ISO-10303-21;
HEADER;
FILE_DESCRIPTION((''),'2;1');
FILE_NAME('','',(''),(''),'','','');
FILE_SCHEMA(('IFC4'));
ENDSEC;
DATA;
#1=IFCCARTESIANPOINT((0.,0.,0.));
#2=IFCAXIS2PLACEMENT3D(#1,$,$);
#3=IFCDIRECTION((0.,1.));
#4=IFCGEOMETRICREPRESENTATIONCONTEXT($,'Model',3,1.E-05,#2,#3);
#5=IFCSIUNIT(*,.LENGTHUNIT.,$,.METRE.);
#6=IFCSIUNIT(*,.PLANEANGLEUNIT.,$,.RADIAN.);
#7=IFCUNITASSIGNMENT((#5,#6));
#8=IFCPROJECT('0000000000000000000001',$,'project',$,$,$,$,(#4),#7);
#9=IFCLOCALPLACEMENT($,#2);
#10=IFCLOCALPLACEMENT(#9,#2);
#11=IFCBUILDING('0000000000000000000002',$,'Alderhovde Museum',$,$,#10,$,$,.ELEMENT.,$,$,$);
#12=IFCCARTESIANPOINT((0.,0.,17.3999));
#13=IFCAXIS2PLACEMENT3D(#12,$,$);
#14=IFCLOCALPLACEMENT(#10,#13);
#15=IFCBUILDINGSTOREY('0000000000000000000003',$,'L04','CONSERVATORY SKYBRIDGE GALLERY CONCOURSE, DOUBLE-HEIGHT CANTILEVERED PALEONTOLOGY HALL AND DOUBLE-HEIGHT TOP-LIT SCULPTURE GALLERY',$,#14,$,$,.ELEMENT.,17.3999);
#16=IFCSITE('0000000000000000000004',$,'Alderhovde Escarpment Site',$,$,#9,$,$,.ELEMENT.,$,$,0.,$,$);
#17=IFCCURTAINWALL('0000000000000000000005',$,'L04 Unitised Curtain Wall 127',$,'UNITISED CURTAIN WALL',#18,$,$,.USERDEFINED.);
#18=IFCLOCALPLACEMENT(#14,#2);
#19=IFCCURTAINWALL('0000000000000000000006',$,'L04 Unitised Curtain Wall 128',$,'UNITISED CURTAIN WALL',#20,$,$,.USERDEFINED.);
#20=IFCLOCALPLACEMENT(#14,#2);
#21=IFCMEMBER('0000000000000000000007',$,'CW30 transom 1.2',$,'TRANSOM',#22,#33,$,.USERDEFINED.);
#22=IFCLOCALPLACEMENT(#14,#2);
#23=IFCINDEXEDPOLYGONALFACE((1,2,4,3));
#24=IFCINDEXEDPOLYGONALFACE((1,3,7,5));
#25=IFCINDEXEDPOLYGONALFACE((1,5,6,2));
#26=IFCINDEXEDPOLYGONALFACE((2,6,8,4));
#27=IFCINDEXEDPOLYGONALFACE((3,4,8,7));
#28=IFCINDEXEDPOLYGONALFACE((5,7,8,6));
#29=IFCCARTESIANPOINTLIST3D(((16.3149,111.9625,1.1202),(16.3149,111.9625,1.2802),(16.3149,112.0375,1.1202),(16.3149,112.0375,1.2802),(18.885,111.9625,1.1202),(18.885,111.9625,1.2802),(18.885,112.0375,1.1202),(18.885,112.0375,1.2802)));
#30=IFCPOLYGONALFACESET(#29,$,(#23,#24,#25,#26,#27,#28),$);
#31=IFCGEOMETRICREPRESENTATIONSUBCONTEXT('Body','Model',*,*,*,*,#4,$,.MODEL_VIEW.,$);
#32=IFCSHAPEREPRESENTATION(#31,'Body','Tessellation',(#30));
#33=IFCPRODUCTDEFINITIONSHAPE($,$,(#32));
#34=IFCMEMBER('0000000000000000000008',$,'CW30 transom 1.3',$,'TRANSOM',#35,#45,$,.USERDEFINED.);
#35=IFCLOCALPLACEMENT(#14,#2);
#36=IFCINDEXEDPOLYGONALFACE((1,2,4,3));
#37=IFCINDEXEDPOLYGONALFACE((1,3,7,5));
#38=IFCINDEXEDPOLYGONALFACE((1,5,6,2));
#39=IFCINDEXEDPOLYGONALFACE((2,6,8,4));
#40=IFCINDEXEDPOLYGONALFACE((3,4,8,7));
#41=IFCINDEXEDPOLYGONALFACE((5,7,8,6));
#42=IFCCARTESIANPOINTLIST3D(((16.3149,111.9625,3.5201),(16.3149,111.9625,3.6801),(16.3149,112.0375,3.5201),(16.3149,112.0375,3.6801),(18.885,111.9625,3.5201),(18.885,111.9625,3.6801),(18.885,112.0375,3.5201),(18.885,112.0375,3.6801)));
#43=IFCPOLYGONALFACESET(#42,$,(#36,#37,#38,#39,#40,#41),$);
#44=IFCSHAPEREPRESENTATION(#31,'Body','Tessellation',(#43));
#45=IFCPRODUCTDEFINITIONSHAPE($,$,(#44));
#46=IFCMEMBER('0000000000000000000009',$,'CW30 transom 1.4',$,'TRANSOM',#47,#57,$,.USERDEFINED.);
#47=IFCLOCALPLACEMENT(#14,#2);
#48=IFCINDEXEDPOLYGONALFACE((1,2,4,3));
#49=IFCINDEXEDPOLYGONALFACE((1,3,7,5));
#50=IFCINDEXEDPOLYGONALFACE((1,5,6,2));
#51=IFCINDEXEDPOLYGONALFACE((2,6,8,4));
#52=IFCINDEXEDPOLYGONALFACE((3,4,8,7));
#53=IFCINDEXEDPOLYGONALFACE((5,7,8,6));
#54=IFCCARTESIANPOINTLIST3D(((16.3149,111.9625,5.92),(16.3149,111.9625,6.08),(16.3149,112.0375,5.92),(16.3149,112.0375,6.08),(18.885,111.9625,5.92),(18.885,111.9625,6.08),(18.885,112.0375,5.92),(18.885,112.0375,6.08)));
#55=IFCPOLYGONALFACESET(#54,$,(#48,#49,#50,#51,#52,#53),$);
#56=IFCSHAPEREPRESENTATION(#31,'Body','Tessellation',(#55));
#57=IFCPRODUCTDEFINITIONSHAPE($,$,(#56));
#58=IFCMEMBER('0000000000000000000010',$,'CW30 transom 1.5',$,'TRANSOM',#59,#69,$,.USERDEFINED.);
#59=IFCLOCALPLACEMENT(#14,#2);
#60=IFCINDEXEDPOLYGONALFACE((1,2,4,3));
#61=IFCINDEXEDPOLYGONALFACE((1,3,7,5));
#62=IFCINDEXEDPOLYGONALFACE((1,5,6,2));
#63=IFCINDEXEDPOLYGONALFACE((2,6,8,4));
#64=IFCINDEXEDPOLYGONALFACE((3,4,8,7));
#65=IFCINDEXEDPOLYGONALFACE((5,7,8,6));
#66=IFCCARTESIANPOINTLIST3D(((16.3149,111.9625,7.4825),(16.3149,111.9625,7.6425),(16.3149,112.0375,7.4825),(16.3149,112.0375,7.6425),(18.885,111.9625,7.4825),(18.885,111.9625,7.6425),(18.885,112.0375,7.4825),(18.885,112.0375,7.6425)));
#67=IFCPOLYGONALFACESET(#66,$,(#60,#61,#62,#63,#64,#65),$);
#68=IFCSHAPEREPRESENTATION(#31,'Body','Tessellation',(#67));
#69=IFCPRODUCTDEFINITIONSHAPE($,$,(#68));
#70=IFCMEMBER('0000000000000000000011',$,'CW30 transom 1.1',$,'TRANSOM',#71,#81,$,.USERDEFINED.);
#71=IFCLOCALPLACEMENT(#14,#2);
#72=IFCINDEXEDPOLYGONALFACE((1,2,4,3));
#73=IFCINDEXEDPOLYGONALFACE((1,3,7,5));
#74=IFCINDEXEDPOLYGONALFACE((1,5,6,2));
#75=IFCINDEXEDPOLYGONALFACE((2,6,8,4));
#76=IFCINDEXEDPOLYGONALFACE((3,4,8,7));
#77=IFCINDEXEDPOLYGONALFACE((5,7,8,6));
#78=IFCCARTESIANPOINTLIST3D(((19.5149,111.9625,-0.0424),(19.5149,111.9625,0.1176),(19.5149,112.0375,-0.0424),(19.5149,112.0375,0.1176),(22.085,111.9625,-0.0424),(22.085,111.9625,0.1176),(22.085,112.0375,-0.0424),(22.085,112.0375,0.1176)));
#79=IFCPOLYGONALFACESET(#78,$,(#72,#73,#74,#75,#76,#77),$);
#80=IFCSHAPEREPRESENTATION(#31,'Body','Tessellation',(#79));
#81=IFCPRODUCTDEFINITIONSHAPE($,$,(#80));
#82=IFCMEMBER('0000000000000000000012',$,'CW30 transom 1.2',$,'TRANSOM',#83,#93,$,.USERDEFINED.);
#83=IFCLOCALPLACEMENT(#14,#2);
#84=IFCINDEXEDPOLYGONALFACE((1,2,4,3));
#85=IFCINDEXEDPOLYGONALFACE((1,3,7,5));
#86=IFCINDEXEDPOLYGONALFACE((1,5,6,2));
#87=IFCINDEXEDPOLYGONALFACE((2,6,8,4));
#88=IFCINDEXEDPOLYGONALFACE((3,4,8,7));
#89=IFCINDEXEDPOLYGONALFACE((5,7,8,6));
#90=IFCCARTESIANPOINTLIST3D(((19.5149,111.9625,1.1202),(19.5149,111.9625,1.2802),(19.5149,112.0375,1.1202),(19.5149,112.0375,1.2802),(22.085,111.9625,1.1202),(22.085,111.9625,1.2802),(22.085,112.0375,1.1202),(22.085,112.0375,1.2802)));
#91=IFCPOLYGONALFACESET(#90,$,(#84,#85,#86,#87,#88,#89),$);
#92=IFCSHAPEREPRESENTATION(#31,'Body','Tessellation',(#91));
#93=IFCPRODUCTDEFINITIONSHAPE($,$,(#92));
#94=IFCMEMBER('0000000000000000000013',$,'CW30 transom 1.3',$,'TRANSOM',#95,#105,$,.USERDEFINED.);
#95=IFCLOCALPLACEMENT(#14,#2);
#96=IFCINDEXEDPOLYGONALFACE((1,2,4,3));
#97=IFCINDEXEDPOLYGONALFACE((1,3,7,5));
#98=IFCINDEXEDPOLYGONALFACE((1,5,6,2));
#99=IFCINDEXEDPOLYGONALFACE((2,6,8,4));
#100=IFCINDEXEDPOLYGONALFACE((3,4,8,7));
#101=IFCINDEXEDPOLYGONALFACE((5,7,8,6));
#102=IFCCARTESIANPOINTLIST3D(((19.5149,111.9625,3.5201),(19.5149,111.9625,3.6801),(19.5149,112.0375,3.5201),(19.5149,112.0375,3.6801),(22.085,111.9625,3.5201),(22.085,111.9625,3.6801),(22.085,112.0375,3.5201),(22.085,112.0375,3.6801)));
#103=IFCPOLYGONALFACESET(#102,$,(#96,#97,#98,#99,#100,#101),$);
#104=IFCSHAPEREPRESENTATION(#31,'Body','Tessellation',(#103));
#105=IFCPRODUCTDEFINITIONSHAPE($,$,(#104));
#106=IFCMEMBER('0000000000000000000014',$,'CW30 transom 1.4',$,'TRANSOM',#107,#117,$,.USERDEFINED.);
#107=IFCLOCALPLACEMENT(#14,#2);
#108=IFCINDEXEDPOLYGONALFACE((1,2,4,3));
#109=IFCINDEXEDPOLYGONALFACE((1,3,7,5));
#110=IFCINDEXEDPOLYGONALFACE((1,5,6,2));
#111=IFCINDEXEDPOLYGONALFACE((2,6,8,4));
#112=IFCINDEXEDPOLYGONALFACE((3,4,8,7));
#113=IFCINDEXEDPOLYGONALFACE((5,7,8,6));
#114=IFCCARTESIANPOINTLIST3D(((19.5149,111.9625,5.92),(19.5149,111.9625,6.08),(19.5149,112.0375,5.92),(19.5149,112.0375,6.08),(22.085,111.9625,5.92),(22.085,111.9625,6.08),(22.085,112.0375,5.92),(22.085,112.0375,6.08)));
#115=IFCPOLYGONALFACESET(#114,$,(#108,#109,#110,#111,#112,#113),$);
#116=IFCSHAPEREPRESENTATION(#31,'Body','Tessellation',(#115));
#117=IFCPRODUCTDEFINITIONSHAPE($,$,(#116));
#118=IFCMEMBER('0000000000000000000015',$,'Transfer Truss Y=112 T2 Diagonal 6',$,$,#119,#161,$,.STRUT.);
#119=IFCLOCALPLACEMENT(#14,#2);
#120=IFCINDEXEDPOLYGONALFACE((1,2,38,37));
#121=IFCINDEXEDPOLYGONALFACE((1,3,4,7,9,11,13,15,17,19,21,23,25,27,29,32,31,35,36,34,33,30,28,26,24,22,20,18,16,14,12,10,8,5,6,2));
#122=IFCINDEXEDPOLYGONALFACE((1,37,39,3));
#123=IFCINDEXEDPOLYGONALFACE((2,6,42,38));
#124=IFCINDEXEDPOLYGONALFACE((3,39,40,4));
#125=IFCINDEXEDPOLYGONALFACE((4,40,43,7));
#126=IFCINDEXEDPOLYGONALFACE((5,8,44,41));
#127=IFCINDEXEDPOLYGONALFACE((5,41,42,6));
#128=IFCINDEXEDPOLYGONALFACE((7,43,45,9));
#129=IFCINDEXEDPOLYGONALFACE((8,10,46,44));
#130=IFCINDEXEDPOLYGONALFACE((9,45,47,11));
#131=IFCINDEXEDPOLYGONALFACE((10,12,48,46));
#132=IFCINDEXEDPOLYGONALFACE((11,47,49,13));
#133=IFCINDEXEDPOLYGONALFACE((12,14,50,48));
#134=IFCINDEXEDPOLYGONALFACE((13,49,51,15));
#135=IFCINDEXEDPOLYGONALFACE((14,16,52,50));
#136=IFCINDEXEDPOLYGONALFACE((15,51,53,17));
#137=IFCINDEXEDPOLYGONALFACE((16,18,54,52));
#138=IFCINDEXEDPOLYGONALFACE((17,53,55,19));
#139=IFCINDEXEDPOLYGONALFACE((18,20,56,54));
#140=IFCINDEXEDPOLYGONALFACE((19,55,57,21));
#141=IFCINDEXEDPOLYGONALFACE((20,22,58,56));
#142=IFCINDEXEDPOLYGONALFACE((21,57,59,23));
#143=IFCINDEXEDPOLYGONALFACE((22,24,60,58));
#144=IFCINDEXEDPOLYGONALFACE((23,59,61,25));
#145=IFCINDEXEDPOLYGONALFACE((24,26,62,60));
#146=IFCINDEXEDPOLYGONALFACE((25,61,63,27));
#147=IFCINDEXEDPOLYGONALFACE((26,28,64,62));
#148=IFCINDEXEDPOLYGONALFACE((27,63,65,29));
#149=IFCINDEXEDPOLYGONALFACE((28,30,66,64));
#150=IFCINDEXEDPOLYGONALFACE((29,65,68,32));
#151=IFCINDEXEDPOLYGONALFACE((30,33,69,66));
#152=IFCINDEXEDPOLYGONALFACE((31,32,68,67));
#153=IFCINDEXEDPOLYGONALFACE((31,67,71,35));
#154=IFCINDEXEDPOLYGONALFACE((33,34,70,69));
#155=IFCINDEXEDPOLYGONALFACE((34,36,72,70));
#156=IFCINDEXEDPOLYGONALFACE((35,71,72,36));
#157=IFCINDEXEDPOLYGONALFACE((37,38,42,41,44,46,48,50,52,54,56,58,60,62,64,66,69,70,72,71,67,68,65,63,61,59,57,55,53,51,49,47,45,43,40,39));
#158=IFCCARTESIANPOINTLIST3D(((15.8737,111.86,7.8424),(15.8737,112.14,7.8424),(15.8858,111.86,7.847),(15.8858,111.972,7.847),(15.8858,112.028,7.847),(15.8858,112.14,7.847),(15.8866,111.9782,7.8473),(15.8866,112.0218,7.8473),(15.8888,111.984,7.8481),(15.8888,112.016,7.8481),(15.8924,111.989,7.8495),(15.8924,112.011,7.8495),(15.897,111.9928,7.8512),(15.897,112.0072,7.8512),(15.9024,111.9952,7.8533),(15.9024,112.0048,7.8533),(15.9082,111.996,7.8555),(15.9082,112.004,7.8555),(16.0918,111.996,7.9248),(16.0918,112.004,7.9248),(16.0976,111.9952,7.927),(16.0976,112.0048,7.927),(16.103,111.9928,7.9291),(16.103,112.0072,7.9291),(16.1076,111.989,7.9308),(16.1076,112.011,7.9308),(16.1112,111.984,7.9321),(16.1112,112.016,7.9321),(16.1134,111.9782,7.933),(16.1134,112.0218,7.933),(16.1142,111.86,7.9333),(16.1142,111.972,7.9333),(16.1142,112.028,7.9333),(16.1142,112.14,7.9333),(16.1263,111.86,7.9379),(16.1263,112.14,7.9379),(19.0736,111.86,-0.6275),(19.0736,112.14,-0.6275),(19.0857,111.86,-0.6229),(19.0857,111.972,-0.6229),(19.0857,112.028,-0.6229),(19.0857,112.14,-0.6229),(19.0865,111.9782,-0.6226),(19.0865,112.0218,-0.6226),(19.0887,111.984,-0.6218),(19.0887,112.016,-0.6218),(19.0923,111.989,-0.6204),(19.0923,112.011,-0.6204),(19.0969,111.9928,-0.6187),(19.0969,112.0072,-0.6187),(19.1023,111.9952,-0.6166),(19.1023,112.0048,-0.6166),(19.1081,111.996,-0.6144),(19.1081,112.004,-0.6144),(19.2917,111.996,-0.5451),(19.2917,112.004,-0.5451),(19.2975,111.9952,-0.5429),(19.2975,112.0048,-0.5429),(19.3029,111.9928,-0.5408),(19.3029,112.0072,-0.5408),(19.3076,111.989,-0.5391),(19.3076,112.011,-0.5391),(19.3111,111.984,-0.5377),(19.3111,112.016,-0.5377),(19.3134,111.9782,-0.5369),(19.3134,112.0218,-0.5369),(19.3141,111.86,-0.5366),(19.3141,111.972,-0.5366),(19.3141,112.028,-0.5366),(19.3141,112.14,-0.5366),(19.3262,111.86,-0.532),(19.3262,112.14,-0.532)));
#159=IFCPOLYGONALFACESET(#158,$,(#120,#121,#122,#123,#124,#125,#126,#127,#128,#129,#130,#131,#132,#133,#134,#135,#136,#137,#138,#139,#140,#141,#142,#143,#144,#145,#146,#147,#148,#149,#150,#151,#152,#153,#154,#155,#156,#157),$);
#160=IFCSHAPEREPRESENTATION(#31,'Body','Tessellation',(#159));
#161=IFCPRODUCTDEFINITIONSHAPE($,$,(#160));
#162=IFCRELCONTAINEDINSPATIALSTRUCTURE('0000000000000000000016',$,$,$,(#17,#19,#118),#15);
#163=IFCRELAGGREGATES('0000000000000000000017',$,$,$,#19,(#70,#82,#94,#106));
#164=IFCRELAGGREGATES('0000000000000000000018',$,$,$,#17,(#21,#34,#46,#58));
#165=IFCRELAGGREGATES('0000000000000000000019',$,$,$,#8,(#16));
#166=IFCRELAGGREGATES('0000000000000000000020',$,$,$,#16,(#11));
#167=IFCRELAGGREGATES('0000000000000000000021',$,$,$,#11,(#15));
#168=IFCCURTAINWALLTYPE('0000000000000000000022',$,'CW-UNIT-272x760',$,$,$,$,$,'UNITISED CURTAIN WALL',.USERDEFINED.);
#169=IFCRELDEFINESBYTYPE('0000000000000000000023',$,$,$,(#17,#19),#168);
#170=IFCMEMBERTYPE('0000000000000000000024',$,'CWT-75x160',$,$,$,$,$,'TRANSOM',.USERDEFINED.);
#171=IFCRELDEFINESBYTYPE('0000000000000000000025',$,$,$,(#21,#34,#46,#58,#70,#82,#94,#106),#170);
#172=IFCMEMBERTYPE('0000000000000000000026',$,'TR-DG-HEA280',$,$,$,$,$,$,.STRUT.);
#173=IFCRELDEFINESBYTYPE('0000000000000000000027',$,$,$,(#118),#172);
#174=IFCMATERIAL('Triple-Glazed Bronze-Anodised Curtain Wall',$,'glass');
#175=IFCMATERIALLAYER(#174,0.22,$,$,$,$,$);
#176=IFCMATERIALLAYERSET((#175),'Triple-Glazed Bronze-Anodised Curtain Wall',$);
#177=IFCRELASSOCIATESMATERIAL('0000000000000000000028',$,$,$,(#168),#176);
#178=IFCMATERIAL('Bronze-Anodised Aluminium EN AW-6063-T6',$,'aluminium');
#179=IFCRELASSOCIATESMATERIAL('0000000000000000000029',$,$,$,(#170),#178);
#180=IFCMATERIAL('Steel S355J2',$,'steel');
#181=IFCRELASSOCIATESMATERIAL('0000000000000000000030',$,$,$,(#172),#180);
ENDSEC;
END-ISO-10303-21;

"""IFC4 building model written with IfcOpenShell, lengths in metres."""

from ifc_helpers import new_model, si_unit, direction, frame, origin, origin_2d, place, context, subcontext, project, spatial, rectangle, i_section, extrude, material, layer, layer_set, material_profile, profile_set, type_object, element, aggregate, save


model = new_model("IFC4")

# Units and contexts
model_context = context("Model", 3, precision=1e-05, world=origin(), true_north=direction((0.0, 1.0)))
body_context = subcontext(model_context, "Body", "Model", "MODEL_VIEW")
ifc_project = project(units=[si_unit("LENGTHUNIT", "METRE"), si_unit("PLANEANGLEUNIT", "RADIAN")], contexts=[model_context])

# Site, building, storey
site_placement = place(None, origin())
site = spatial("IfcSite", under=ifc_project, at=site_placement, Name="Alderhovde Escarpment Site", CompositionType="ELEMENT", RefElevation=0.0)
building_placement = place(site_placement, origin())
building = spatial("IfcBuilding", under=site, at=building_placement, Name="Alderhovde Museum", CompositionType="ELEMENT")
storey_placement = place(building_placement, frame((0.0, 0.0, 17.3999)))
storey = spatial("IfcBuildingStorey", under=building, at=storey_placement, Name="L04", Description="CONSERVATORY SKYBRIDGE GALLERY CONCOURSE, DOUBLE-HEIGHT CANTILEVERED PALEONTOLOGY HALL AND DOUBLE-HEIGHT TOP-LIT SCULPTURE GALLERY", CompositionType="ELEMENT", Elevation=17.3999)

# Curtain wall
ifc_material_1 = material(Name="Triple-Glazed Bronze-Anodised Curtain Wall", Category="glass")
ifc_layer_1 = layer(ifc_material_1, 0.22)
ifc_layer_set_1 = layer_set([ifc_layer_1], Name="Triple-Glazed Bronze-Anodised Curtain Wall")
curtain_wall_type = type_object("IfcCurtainWallType", Name="CW-UNIT-272x760", ElementType="UNITISED CURTAIN WALL", PredefinedType="USERDEFINED", material=ifc_layer_set_1)
curtain_wall_1_placement = place(storey_placement, origin())
curtain_wall_1 = element("IfcCurtainWall", 1, at=curtain_wall_1_placement, inside=storey, type_object=curtain_wall_type, Name="L04 Unitised Curtain Wall 127", ObjectType="UNITISED CURTAIN WALL", PredefinedType="USERDEFINED")

# Curtain wall
curtain_wall_2_placement = place(storey_placement, origin())
curtain_wall_2 = element("IfcCurtainWall", 2, at=curtain_wall_2_placement, inside=storey, type_object=curtain_wall_type, Name="L04 Unitised Curtain Wall 128", ObjectType="UNITISED CURTAIN WALL", PredefinedType="USERDEFINED")

# Members
ifc_material_2 = material(Name="Bronze-Anodised Aluminium EN AW-6063-T6", Category="aluminium")
ifc_material_profile_1 = material_profile(ifc_material_2, rectangle(XDim=0.075, YDim=0.1599, at=origin_2d()), Name="TRANSOM 75x160")
ifc_profile_set_1 = profile_set([ifc_material_profile_1], Name="Bronze-Anodised Aluminium EN AW-6063-T6")
member_type_1 = type_object("IfcMemberType", Name="CWT-75x160", ElementType="TRANSOM", PredefinedType="USERDEFINED", material=ifc_profile_set_1)
member_1_placement = place(storey_placement, frame((16.3149, 112.0, 1.2002), z_axis=(1.0, 0.0, 0.0), x_axis=(0.0, 1.0, 0.0)))
member_1 = element("IfcMember", 3, at=member_1_placement, type_object=member_type_1, Name="CW30 transom 1.2", ObjectType="TRANSOM", PredefinedType="USERDEFINED", context=body_context, shape_type="SweptSolid", body=[
    extrude(rectangle(XDim=0.075, YDim=0.1599, at=origin_2d()), origin(), (0.0, 0.0, 1.0), 2.5701),
])
member_2_placement = place(storey_placement, frame((16.3149, 112.0, 3.6001), z_axis=(1.0, 0.0, 0.0), x_axis=(0.0, 1.0, 0.0)))
member_2 = element("IfcMember", 4, at=member_2_placement, type_object=member_type_1, Name="CW30 transom 1.3", ObjectType="TRANSOM", PredefinedType="USERDEFINED", context=body_context, shape_type="SweptSolid", body=[
    extrude(rectangle(XDim=0.075, YDim=0.1599, at=origin_2d()), origin(), (0.0, 0.0, 1.0), 2.5701),
])
member_3_placement = place(storey_placement, frame((16.3149, 112.0, 6.0), z_axis=(1.0, 0.0, 0.0), x_axis=(0.0, 1.0, 0.0)))
member_3 = element("IfcMember", 5, at=member_3_placement, type_object=member_type_1, Name="CW30 transom 1.4", ObjectType="TRANSOM", PredefinedType="USERDEFINED", context=body_context, shape_type="SweptSolid", body=[
    extrude(rectangle(XDim=0.075, YDim=0.1599, at=origin_2d()), origin(), (0.0, 0.0, 1.0), 2.5701),
])
member_4_placement = place(storey_placement, frame((16.3149, 112.0, 7.5625), z_axis=(1.0, 0.0, 0.0), x_axis=(0.0, 1.0, 0.0)))
member_4 = element("IfcMember", 6, at=member_4_placement, type_object=member_type_1, Name="CW30 transom 1.5", ObjectType="TRANSOM", PredefinedType="USERDEFINED", context=body_context, shape_type="SweptSolid", body=[
    extrude(rectangle(XDim=0.075, YDim=0.1599, at=origin_2d()), origin(), (0.0, 0.0, 1.0), 2.5701),
])
member_5_placement = place(storey_placement, frame((19.5149, 112.0, 0.0376), z_axis=(1.0, 0.0, 0.0), x_axis=(0.0, 1.0, 0.0)))
member_5 = element("IfcMember", 7, at=member_5_placement, type_object=member_type_1, Name="CW30 transom 1.1", ObjectType="TRANSOM", PredefinedType="USERDEFINED", context=body_context, shape_type="SweptSolid", body=[
    extrude(rectangle(XDim=0.075, YDim=0.1599, at=origin_2d()), origin(), (0.0, 0.0, 1.0), 2.5701),
])
member_6_placement = place(storey_placement, frame((19.5149, 112.0, 1.2002), z_axis=(1.0, 0.0, 0.0), x_axis=(0.0, 1.0, 0.0)))
member_6 = element("IfcMember", 8, at=member_6_placement, type_object=member_type_1, Name="CW30 transom 1.2", ObjectType="TRANSOM", PredefinedType="USERDEFINED", context=body_context, shape_type="SweptSolid", body=[
    extrude(rectangle(XDim=0.075, YDim=0.1599, at=origin_2d()), origin(), (0.0, 0.0, 1.0), 2.5701),
])
member_7_placement = place(storey_placement, frame((19.5149, 112.0, 3.6001), z_axis=(1.0, 0.0, 0.0), x_axis=(0.0, 1.0, 0.0)))
member_7 = element("IfcMember", 9, at=member_7_placement, type_object=member_type_1, Name="CW30 transom 1.3", ObjectType="TRANSOM", PredefinedType="USERDEFINED", context=body_context, shape_type="SweptSolid", body=[
    extrude(rectangle(XDim=0.075, YDim=0.1599, at=origin_2d()), origin(), (0.0, 0.0, 1.0), 2.5701),
])
member_8_placement = place(storey_placement, frame((19.5149, 112.0, 6.0), z_axis=(1.0, 0.0, 0.0), x_axis=(0.0, 1.0, 0.0)))
member_8 = element("IfcMember", 10, at=member_8_placement, type_object=member_type_1, Name="CW30 transom 1.4", ObjectType="TRANSOM", PredefinedType="USERDEFINED", context=body_context, shape_type="SweptSolid", body=[
    extrude(rectangle(XDim=0.075, YDim=0.1599, at=origin_2d()), origin(), (0.0, 0.0, 1.0), 2.5701),
])
aggregate(curtain_wall_2, [member_5, member_6, member_7, member_8])

# Member
ifc_material_3 = material(Name="Steel S355J2", Category="steel")
ifc_material_profile_2 = material_profile(ifc_material_3, i_section(OverallWidth=0.28, OverallDepth=0.27, WebThickness=0.0081, FlangeThickness=0.0129, FilletRadius=0.0239, at=origin_2d()), Name="HEA 280")
ifc_profile_set_2 = profile_set([ifc_material_profile_2], Name="Steel S355J2")
member_type_2 = type_object("IfcMemberType", Name="TR-DG-HEA280", PredefinedType="STRUT", material=ifc_profile_set_2)
for number, where, z_axis, x_axis, name in (
    (11, (16.0, 112.0, 7.8901), (0.353418, 0.0, -0.935465), (0.0, 1.0, 0.0), "Transfer Truss Y=112 T2 Diagonal 6"),
):
    element("IfcMember", number, at=place(storey_placement, frame(where, z_axis=z_axis, x_axis=x_axis)), inside=storey, type_object=member_type_2, Name=name, PredefinedType="STRUT", context=body_context, shape_type="SweptSolid", body=[
        extrude(i_section(OverallWidth=0.28, OverallDepth=0.27, WebThickness=0.0081, FlangeThickness=0.0129, FilletRadius=0.0239, at=origin_2d()), origin(), (0.0, 0.0, 1.0), 9.0542),
    ])

aggregate(curtain_wall_1, [member_1, member_2, member_3, member_4])

save(model, "model.ifc")
